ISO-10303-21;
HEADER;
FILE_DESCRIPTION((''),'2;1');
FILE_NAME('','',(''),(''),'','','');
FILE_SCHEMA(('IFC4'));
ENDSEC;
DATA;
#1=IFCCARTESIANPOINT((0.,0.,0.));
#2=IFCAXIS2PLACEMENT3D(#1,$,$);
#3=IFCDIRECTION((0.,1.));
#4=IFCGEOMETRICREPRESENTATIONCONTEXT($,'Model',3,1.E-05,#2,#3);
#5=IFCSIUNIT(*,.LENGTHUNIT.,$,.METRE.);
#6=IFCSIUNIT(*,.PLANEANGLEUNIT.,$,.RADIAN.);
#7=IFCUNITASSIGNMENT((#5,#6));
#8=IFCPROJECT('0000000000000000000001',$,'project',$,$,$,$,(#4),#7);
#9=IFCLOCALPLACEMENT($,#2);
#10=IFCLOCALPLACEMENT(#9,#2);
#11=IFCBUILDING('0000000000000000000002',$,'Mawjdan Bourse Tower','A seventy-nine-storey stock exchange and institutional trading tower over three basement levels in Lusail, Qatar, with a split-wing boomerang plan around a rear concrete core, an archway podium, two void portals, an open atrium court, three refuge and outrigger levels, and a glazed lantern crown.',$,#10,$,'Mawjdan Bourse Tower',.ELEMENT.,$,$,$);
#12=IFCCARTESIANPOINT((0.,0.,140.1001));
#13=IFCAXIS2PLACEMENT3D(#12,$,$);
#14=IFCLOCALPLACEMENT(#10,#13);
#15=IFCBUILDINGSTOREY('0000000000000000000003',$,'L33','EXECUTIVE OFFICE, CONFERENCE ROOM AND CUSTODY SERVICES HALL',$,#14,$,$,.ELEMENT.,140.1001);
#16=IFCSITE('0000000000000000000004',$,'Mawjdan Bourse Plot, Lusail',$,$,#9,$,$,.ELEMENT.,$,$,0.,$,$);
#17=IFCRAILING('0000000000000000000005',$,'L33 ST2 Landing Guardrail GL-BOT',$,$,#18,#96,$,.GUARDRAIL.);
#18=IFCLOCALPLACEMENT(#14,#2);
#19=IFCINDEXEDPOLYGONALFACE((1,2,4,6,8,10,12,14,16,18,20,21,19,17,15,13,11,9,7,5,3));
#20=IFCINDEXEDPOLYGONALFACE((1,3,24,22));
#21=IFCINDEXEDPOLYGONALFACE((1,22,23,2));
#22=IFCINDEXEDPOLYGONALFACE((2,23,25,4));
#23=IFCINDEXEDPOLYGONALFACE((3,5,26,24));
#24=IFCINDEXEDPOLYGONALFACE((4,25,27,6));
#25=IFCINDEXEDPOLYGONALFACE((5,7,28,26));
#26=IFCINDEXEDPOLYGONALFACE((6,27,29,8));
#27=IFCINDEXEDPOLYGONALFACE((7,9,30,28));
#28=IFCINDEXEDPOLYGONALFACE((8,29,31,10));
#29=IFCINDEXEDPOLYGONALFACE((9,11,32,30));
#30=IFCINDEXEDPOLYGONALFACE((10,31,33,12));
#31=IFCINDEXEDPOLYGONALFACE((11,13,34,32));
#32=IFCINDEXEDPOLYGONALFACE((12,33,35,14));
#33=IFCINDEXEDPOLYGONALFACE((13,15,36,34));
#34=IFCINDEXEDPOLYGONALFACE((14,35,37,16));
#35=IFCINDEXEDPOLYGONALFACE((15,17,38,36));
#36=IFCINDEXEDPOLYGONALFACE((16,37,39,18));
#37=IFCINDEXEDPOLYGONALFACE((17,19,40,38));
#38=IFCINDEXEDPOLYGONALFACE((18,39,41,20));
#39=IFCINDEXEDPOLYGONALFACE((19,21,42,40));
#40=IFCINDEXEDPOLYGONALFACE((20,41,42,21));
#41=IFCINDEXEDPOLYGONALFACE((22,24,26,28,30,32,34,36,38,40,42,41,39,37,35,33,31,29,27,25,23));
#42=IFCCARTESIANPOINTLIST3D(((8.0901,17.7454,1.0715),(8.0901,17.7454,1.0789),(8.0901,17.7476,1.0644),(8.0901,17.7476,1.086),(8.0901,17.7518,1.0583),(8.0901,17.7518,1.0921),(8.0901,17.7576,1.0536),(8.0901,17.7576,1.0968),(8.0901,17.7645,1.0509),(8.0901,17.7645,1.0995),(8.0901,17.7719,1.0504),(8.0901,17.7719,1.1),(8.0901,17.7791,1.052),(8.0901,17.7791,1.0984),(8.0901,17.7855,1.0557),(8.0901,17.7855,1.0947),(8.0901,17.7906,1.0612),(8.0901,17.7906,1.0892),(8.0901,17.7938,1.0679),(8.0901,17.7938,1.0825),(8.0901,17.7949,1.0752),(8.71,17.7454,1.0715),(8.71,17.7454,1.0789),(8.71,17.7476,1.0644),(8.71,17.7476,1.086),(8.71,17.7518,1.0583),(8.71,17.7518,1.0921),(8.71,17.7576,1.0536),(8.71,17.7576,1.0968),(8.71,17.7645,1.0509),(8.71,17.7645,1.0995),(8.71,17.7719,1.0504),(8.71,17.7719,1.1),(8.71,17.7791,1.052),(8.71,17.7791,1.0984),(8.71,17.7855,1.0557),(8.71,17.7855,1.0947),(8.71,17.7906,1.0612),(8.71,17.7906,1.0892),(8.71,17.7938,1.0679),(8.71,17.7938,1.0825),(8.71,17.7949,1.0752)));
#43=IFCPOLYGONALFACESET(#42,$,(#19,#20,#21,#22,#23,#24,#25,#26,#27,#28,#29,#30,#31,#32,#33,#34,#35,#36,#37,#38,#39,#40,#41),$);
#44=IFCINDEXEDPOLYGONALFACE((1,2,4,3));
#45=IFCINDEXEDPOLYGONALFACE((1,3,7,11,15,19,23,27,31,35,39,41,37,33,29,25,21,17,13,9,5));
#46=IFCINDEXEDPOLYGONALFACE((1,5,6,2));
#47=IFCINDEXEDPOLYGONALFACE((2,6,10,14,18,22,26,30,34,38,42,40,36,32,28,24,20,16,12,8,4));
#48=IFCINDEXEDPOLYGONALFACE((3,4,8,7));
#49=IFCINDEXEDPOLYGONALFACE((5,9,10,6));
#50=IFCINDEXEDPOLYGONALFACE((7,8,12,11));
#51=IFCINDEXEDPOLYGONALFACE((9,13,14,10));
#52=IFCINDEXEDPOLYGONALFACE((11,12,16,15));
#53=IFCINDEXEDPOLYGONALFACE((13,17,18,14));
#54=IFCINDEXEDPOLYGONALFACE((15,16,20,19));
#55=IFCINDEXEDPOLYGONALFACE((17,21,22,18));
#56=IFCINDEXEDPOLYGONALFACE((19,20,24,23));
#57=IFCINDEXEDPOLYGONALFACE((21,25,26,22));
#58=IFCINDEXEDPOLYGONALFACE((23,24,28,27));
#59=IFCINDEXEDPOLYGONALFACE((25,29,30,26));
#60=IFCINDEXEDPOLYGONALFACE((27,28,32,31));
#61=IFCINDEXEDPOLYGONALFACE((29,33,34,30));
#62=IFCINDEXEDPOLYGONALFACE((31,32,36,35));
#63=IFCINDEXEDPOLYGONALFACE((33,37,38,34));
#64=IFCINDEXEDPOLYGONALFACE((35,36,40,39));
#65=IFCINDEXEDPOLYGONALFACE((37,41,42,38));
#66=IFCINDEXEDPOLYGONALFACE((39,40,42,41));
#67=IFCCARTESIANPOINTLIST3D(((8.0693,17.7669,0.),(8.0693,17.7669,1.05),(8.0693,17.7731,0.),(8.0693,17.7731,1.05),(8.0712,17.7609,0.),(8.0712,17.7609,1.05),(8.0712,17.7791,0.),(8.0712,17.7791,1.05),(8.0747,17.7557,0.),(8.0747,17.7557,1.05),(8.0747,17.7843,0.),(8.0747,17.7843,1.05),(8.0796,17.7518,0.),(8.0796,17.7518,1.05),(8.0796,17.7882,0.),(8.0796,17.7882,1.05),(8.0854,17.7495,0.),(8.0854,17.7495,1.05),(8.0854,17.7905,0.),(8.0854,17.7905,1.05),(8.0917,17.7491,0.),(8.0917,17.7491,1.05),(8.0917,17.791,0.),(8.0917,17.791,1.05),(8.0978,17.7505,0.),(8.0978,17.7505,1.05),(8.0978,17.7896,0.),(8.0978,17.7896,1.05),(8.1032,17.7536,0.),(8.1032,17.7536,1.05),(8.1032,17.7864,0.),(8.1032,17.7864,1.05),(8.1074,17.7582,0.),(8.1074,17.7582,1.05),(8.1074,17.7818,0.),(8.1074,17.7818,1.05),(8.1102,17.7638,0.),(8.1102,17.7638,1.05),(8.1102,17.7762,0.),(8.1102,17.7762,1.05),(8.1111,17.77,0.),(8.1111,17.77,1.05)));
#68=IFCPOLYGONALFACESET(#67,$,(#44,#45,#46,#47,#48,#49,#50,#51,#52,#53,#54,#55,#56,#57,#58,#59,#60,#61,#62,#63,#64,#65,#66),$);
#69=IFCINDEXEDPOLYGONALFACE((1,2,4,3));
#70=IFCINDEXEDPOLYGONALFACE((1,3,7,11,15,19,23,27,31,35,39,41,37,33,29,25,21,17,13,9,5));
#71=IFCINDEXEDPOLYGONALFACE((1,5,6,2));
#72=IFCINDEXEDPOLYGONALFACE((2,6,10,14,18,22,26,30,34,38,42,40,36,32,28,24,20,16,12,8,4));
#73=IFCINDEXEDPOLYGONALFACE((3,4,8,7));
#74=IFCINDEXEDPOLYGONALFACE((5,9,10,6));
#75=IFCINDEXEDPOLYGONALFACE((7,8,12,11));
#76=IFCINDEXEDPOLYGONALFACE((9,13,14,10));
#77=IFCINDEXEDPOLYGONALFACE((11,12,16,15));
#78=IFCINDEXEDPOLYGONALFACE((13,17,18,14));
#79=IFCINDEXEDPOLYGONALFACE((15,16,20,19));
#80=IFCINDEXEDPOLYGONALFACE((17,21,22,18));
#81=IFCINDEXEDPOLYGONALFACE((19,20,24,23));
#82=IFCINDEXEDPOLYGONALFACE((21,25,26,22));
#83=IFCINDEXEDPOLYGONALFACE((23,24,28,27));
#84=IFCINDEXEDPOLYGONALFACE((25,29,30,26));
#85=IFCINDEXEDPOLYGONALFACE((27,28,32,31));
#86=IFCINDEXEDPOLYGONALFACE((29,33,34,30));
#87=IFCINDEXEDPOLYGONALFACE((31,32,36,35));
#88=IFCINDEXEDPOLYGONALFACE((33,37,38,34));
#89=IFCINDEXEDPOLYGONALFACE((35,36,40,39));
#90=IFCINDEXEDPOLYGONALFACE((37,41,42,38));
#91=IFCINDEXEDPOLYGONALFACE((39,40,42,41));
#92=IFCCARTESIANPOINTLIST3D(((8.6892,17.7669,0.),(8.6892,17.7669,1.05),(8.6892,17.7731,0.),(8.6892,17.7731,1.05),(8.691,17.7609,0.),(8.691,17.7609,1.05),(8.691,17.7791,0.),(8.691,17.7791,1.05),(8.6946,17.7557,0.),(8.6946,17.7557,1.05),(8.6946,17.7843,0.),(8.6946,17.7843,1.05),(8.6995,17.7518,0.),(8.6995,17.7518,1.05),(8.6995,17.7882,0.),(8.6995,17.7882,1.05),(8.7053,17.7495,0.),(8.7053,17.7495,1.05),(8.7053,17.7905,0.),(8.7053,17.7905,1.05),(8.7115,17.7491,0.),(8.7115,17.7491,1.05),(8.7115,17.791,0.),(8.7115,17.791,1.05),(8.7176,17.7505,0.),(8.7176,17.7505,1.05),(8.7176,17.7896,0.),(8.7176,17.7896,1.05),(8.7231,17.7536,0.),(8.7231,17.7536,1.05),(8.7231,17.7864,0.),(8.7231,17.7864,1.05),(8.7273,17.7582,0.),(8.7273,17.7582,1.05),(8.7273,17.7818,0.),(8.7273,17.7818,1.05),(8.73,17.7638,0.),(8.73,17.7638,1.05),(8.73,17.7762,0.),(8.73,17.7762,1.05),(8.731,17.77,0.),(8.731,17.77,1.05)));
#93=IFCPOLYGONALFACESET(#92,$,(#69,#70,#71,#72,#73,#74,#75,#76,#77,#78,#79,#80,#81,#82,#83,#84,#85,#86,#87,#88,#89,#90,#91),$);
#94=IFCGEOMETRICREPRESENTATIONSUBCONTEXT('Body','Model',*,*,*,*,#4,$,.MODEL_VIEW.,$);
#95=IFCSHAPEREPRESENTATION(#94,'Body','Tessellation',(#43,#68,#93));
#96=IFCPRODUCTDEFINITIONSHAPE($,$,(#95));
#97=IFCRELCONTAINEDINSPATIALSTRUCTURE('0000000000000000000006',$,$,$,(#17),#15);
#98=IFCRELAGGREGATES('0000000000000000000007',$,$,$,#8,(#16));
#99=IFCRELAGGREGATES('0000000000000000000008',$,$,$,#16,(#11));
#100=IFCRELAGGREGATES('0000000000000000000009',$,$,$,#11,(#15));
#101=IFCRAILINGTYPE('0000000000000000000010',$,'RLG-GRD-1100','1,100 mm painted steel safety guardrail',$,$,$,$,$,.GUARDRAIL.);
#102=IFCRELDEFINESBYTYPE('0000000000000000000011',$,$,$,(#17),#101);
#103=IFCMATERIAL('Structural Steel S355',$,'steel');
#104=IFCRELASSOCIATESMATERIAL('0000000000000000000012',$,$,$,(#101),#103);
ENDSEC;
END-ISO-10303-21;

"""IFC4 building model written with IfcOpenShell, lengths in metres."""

from ifc_helpers import new_model, si_unit, direction, frame, origin, origin_2d, place, context, subcontext, project, spatial, circle, extrude, material, type_object, element, save


model = new_model("IFC4")

# Units and contexts
model_context = context("Model", 3, precision=1e-05, world=origin(), true_north=direction((0.0, 1.0)))
body_context = subcontext(model_context, "Body", "Model", "MODEL_VIEW")
ifc_project = project(units=[si_unit("LENGTHUNIT", "METRE"), si_unit("PLANEANGLEUNIT", "RADIAN")], contexts=[model_context])

# Site, building, storey
site_placement = place(None, origin())
site = spatial("IfcSite", under=ifc_project, at=site_placement, Name="Mawjdan Bourse Plot, Lusail", CompositionType="ELEMENT", RefElevation=0.0)
building_placement = place(site_placement, origin())
building = spatial("IfcBuilding", under=site, at=building_placement, Name="Mawjdan Bourse Tower", Description="A seventy-nine-storey stock exchange and institutional trading tower over three basement levels in Lusail, Qatar, with a split-wing boomerang plan around a rear concrete core, an archway podium, two void portals, an open atrium court, three refuge and outrigger levels, and a glazed lantern crown.", LongName="Mawjdan Bourse Tower", CompositionType="ELEMENT")
storey_placement = place(building_placement, frame((0.0, 0.0, 140.1001)))
storey = spatial("IfcBuildingStorey", under=building, at=storey_placement, Name="L33", Description="EXECUTIVE OFFICE, CONFERENCE ROOM AND CUSTODY SERVICES HALL", CompositionType="ELEMENT", Elevation=140.1001)

# Shared definitions
ifc_material_1 = material(Name="Structural Steel S355", Category="steel")

# Railing
railing_type_1 = type_object("IfcRailingType", Name="RLG-GRD-1100", Description="1,100 mm painted steel safety guardrail", PredefinedType="GUARDRAIL", material=ifc_material_1)
for number, where, name in (
    (1, (8.0901, 17.77, 0.0), "L33 ST2 Landing Guardrail GL-BOT"),
):
    element("IfcRailing", number, at=place(storey_placement, frame(where)), inside=storey, type_object=railing_type_1, Name=name, PredefinedType="GUARDRAIL", context=body_context, shape_type="SweptSolid", body=[
        extrude(circle(Radius=0.0249, at=origin_2d()), frame((0.0, 0.0, 1.0752), z_axis=(1.0, 0.0, 0.0), x_axis=(0.0, 1.0, 0.0)), (0.0, 0.0, 1.0), 0.6199),
        extrude(circle(Radius=0.021, at=origin_2d()), origin(), (0.0, 0.0, 1.0), 1.05),
        extrude(circle(Radius=0.021, at=origin_2d()), frame((0.6199, 0.0, 0.0)), (0.0, 0.0, 1.0), 1.05),
    ])

save(model, "model.ifc")
